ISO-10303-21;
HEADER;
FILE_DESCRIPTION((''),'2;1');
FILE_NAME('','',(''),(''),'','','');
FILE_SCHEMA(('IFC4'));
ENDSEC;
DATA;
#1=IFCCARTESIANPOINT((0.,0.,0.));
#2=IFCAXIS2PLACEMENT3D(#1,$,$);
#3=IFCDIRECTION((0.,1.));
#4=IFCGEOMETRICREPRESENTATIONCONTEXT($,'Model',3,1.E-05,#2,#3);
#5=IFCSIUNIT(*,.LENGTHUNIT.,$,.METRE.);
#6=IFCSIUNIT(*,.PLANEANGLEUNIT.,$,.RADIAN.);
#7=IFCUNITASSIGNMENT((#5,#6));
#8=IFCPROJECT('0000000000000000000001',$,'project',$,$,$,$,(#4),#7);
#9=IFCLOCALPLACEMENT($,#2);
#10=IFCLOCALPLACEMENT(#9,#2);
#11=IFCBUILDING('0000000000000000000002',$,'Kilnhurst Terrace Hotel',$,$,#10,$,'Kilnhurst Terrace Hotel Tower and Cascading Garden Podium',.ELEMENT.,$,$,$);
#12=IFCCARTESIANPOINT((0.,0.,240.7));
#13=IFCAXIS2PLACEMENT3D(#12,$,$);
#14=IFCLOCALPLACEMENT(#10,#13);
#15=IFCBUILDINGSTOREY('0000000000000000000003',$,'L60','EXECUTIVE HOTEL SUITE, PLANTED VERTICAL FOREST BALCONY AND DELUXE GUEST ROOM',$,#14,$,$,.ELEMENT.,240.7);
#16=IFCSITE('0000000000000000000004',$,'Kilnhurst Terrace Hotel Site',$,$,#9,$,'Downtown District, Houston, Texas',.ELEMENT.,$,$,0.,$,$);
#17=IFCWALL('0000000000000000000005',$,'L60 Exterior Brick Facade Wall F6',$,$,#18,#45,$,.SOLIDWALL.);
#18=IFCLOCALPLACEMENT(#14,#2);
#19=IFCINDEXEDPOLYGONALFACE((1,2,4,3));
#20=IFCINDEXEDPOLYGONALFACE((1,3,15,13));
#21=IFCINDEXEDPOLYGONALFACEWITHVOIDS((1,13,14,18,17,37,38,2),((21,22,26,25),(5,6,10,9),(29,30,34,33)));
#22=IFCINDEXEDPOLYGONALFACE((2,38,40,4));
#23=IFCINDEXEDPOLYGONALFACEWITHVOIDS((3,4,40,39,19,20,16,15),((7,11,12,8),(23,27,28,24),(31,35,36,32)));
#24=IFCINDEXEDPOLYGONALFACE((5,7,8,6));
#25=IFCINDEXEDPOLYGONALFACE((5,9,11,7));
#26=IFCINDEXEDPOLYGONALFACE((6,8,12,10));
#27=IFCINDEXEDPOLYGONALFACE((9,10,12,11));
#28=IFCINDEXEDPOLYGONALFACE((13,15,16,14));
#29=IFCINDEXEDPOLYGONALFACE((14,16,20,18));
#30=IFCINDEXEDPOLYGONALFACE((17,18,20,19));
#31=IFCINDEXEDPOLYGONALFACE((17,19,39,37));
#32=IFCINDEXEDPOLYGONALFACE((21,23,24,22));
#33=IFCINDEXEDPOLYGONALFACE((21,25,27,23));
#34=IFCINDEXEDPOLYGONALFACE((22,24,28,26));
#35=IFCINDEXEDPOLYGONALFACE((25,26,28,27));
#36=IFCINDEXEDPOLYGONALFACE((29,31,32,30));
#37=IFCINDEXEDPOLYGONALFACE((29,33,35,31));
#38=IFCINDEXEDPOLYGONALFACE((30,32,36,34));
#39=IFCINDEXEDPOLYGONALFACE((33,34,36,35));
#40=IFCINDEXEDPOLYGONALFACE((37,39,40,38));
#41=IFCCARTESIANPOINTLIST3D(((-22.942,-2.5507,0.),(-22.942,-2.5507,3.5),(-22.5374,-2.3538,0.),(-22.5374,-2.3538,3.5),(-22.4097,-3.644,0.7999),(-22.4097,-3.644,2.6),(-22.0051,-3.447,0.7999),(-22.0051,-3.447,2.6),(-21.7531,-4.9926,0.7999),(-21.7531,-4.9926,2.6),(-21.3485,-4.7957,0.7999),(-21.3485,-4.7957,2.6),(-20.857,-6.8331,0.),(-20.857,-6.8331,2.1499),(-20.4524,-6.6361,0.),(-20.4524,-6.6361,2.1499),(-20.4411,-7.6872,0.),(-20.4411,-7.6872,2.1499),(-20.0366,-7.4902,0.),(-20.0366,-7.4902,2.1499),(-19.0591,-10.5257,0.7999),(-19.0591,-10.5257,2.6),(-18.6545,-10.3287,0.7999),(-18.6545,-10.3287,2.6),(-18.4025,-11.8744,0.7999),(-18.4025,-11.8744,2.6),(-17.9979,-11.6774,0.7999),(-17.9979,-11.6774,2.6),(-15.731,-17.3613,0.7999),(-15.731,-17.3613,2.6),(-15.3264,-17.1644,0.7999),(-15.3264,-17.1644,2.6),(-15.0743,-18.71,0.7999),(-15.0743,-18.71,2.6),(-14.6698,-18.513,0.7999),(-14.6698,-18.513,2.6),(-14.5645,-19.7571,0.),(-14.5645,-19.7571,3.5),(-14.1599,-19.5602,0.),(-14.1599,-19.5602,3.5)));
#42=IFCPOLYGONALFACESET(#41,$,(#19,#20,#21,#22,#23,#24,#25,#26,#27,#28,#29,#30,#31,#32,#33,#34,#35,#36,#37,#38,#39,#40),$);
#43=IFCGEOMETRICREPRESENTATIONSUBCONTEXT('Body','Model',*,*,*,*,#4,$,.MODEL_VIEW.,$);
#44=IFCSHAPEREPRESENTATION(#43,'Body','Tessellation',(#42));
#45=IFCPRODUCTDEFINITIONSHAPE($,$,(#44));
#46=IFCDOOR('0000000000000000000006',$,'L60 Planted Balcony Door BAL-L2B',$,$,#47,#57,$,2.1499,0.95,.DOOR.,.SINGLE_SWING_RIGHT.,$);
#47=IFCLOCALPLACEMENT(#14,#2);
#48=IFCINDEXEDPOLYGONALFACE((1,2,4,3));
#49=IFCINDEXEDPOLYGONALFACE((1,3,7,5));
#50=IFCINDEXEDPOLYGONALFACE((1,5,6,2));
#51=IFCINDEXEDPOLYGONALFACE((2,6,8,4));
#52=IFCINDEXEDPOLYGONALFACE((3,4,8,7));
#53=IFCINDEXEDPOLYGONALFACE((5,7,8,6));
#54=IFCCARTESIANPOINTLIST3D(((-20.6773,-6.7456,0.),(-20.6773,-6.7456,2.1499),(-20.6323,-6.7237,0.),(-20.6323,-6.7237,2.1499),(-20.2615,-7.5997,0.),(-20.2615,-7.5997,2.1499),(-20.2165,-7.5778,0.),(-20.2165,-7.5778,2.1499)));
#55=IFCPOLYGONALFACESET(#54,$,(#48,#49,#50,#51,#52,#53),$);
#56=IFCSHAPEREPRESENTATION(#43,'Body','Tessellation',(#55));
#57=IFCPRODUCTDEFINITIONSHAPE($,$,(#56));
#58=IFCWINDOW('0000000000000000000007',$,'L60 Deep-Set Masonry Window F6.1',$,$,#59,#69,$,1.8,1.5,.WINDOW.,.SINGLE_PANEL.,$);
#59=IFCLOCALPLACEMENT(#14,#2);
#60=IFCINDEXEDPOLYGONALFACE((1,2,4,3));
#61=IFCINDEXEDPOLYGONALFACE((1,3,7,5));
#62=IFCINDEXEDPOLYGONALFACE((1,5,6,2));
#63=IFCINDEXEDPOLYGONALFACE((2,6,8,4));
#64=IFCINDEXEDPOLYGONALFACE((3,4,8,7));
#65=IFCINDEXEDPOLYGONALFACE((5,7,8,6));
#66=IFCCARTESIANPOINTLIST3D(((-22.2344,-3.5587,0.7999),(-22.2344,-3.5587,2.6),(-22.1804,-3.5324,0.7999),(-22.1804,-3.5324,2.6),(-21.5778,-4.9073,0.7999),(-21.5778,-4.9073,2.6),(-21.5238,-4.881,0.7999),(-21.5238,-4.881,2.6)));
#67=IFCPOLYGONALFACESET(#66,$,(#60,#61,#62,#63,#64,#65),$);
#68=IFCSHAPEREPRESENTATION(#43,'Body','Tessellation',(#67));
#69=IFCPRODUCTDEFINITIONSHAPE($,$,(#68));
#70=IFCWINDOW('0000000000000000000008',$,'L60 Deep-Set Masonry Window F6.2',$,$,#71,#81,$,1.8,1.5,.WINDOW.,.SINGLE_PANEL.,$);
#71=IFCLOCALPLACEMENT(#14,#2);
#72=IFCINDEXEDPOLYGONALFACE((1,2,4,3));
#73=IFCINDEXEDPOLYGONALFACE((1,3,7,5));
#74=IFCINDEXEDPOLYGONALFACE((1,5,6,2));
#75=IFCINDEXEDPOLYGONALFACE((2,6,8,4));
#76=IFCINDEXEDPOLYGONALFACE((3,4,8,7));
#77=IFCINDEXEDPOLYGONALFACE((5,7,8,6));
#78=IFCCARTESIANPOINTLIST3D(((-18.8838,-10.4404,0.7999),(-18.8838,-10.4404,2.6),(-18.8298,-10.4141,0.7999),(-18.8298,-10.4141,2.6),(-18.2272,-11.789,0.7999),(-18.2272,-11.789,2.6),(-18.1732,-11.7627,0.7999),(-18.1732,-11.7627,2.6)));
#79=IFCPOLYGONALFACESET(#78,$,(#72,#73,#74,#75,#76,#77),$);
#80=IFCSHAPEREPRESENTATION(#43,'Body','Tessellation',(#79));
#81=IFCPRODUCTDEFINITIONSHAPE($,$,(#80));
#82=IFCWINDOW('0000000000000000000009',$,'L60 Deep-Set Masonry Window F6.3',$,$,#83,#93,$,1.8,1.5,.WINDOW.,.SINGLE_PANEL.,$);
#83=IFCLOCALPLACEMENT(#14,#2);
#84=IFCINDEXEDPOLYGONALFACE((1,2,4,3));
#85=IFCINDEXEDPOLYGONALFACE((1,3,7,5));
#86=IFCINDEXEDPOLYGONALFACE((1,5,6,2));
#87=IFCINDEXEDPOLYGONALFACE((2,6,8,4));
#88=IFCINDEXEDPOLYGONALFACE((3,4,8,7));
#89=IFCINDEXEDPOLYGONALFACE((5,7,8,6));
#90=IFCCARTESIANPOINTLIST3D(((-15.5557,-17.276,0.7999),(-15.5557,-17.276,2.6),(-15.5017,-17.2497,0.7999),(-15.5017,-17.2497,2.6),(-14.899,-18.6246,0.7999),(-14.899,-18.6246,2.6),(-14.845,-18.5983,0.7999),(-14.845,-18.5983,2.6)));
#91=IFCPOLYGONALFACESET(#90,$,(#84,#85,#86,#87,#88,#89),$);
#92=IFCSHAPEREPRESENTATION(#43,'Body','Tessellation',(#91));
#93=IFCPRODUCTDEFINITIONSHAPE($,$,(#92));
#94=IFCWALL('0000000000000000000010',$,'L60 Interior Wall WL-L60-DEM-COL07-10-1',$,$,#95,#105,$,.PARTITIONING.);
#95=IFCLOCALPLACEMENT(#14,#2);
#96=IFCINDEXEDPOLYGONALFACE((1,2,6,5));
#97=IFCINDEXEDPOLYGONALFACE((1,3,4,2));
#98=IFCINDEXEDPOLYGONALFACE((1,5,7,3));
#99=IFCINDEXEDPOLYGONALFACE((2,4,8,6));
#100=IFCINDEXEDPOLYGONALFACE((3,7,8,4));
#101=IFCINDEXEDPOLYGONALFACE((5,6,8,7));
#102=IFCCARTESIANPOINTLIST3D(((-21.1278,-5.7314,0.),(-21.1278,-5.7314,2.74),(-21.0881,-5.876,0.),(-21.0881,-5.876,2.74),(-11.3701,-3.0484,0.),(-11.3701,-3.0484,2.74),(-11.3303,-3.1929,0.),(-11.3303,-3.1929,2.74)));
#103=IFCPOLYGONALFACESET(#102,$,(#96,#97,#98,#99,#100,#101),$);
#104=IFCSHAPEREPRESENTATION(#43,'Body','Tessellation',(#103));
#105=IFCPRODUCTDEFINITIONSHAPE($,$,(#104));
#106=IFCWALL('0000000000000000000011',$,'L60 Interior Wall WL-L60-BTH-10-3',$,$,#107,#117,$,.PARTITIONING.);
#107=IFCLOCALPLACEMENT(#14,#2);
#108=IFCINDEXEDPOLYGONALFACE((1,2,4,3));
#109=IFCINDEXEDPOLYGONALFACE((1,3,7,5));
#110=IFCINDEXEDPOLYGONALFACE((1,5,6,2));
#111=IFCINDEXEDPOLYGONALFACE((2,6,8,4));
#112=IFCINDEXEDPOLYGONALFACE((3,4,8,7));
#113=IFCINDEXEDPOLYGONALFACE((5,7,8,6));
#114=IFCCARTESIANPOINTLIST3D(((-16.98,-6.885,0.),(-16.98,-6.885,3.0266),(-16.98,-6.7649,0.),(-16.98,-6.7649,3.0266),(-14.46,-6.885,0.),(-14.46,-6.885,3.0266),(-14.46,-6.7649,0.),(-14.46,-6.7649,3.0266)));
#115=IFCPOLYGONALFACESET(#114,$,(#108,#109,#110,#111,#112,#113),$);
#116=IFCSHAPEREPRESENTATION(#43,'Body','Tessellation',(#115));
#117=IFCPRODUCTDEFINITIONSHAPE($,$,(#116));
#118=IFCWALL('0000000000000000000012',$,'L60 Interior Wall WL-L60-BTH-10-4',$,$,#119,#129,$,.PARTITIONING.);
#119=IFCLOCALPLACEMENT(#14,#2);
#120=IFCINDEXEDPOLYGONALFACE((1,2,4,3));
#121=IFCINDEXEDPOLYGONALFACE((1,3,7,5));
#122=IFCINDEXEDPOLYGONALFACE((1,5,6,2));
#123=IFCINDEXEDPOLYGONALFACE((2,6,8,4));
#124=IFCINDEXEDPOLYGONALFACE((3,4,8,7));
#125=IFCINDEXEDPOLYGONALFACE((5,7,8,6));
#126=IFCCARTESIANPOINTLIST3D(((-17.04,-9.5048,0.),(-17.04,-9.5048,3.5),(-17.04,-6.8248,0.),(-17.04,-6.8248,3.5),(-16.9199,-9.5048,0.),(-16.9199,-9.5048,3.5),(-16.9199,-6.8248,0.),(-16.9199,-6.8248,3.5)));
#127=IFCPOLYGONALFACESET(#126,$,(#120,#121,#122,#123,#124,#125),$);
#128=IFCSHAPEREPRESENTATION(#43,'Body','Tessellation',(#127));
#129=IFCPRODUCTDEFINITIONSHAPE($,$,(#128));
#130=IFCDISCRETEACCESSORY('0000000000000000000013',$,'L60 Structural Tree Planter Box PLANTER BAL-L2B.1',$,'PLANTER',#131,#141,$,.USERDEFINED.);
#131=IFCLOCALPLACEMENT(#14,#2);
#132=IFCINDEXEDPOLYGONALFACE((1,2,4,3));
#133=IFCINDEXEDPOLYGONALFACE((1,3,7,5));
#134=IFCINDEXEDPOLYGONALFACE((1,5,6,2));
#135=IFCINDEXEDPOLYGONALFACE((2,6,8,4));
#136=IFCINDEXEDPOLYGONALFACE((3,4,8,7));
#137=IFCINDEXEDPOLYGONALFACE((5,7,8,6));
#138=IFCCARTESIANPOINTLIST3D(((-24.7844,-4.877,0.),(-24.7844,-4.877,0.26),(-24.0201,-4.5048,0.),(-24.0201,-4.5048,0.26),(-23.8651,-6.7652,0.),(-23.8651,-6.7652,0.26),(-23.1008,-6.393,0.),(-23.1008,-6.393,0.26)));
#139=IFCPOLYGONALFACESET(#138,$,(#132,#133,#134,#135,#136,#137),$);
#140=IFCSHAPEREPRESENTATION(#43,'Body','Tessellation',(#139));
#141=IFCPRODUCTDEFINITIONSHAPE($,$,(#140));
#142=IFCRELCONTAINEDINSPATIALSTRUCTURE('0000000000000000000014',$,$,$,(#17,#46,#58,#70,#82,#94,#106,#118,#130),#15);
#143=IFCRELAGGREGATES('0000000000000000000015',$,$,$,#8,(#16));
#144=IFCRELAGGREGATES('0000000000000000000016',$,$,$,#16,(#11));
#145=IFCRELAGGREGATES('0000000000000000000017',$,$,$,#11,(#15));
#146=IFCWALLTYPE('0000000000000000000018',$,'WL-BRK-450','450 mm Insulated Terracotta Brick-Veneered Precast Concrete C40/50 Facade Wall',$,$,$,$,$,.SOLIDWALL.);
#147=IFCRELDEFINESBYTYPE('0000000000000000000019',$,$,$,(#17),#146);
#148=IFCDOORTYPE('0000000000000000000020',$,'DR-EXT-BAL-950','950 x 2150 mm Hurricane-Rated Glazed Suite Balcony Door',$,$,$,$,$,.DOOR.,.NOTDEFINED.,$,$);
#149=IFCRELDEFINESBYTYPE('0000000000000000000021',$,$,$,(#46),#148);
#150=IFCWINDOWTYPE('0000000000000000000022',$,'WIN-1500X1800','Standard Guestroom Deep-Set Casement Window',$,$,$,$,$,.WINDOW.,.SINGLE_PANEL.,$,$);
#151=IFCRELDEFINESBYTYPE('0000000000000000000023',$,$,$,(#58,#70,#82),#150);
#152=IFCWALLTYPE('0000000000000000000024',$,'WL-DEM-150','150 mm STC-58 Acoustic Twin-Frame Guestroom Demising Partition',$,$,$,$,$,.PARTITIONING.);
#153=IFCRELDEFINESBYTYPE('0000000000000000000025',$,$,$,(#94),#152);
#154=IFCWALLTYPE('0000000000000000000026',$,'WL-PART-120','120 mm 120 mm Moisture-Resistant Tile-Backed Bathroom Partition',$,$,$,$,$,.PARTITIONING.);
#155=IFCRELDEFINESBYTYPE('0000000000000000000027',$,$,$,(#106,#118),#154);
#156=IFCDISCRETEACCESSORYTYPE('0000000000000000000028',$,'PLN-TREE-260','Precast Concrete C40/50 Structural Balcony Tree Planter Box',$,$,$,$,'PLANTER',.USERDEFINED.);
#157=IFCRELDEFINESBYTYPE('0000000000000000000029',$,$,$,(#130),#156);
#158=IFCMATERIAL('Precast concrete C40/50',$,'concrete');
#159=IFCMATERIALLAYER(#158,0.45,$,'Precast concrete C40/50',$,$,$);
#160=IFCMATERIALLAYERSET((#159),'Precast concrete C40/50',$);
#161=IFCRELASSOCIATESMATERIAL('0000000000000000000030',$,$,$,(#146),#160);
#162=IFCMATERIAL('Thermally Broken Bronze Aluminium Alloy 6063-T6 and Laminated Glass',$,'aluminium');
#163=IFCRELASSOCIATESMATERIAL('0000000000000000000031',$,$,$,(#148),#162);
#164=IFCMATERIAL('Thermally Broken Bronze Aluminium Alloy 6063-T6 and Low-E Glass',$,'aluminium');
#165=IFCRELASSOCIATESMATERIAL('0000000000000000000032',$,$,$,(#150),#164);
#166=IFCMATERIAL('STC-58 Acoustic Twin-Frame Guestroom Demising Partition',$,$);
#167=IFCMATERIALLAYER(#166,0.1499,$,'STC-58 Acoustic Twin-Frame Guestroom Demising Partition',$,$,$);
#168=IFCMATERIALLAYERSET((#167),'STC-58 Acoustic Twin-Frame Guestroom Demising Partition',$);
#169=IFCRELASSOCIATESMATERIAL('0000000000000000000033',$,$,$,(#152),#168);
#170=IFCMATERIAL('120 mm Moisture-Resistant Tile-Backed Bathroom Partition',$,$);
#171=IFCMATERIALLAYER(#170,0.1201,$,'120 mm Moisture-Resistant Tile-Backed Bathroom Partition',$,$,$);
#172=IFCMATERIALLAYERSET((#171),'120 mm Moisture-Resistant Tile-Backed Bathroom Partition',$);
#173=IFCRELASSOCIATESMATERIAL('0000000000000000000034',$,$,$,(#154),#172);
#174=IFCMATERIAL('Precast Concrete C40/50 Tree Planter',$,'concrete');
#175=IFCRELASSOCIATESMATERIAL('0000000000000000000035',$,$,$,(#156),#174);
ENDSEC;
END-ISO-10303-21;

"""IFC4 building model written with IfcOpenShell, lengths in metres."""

from ifc_helpers import new_model, si_unit, direction, frame, frame_2d, origin, origin_2d, place, context, subcontext, project, spatial, rectangle, extrude, material, layer, layer_set, type_object, element, fill, save


model = new_model("IFC4")

# Units and contexts
model_context = context("Model", 3, precision=1e-05, world=origin(), true_north=direction((0.0, 1.0)))
body_context = subcontext(model_context, "Body", "Model", "MODEL_VIEW")
ifc_project = project(units=[si_unit("LENGTHUNIT", "METRE"), si_unit("PLANEANGLEUNIT", "RADIAN")], contexts=[model_context])

# Site, building, storey
site_placement = place(None, origin())
site = spatial("IfcSite", under=ifc_project, at=site_placement, Name="Kilnhurst Terrace Hotel Site", LongName="Downtown District, Houston, Texas", CompositionType="ELEMENT", RefElevation=0.0)
building_placement = place(site_placement, origin())
building = spatial("IfcBuilding", under=site, at=building_placement, Name="Kilnhurst Terrace Hotel", LongName="Kilnhurst Terrace Hotel Tower and Cascading Garden Podium", CompositionType="ELEMENT")
storey_placement = place(building_placement, frame((0.0, 0.0, 240.7)))
storey = spatial("IfcBuildingStorey", under=building, at=storey_placement, Name="L60", Description="EXECUTIVE HOTEL SUITE, PLANTED VERTICAL FOREST BALCONY AND DELUXE GUEST ROOM", CompositionType="ELEMENT", Elevation=240.7)

# Shared definitions
ifc_material_1 = material(Name="Precast concrete C40/50", Category="concrete")
ifc_layer_1 = layer(ifc_material_1, 0.45, Name="Precast concrete C40/50")
ifc_layer_set_1 = layer_set([ifc_layer_1], Name="Precast concrete C40/50")
wall_type_1 = type_object("IfcWallType", Name="WL-BRK-450", Description="450 mm Insulated Terracotta Brick-Veneered Precast Concrete C40/50 Facade Wall", PredefinedType="SOLIDWALL", material=ifc_layer_set_1)

# Wall, openings, door, windows
wall_1_placement = place(storey_placement, frame((-22.7397, -2.4521, 0.0), z_axis=(0.0, 0.0, 1.0), x_axis=(0.437753, -0.899095, 0.0)))
wall_1 = element("IfcWall", 1, at=wall_1_placement, inside=storey, type_object=wall_type_1, Name="L60 Exterior Brick Facade Wall F6", PredefinedType="SOLIDWALL", context=body_context, shape_type="SweptSolid", body=[
    extrude(rectangle(XDim=19.1375, YDim=0.45, at=frame_2d((9.5688, 0.0))), origin(), (0.0, 0.0, 1.0), 3.5),
])
opening_1_placement = place(wall_1_placement, frame((4.7629, 0.0, 0.0)))
opening_1 = element("IfcOpeningElement", 2, at=opening_1_placement, cuts=wall_1, PredefinedType="OPENING", context=body_context, shape_type="SweptSolid", body=[
    extrude(rectangle(XDim=0.95, YDim=2.1499, at=frame_2d((0.4751, 1.075))), frame((0.0, 0.2349, 0.0), z_axis=(0.0, -1.0, 0.0), x_axis=(1.0, 0.0, 0.0)), (0.0, 0.0, 1.0), 0.47),
])
opening_2_placement = place(wall_1_placement, frame((1.2161, 0.0, 0.8)))
opening_2 = element("IfcOpeningElement", 3, at=opening_2_placement, cuts=wall_1, PredefinedType="OPENING", context=body_context, shape_type="SweptSolid", body=[
    extrude(rectangle(XDim=1.5, YDim=1.8, at=frame_2d((0.75, 0.8999))), frame((0.0, 0.2349, 0.0), z_axis=(0.0, -1.0, 0.0), x_axis=(1.0, 0.0, 0.0)), (0.0, 0.0, 1.0), 0.47),
])
opening_3_placement = place(wall_1_placement, frame((8.8701, 0.0, 0.8)))
opening_3 = element("IfcOpeningElement", 4, at=opening_3_placement, cuts=wall_1, PredefinedType="OPENING", context=body_context, shape_type="SweptSolid", body=[
    extrude(rectangle(XDim=1.5, YDim=1.8, at=frame_2d((0.75, 0.8999))), frame((0.0, 0.2349, 0.0), z_axis=(0.0, -1.0, 0.0), x_axis=(1.0, 0.0, 0.0)), (0.0, 0.0, 1.0), 0.47),
])
opening_4_placement = place(wall_1_placement, frame((16.4729, 0.0, 0.8)))
opening_4 = element("IfcOpeningElement", 5, at=opening_4_placement, cuts=wall_1, PredefinedType="OPENING", context=body_context, shape_type="SweptSolid", body=[
    extrude(rectangle(XDim=1.5, YDim=1.8, at=frame_2d((0.75, 0.8999))), frame((0.0, 0.2349, 0.0), z_axis=(0.0, -1.0, 0.0), x_axis=(1.0, 0.0, 0.0)), (0.0, 0.0, 1.0), 0.47),
])
ifc_material_2 = material(Name="Thermally Broken Bronze Aluminium Alloy 6063-T6 and Laminated Glass", Category="aluminium")
door_type = type_object("IfcDoorType", Name="DR-EXT-BAL-950", Description="950 x 2150 mm Hurricane-Rated Glazed Suite Balcony Door", OperationType="NOTDEFINED", PredefinedType="DOOR", material=ifc_material_2)
door_placement = place(opening_1_placement, origin())
door = element("IfcDoor", 6, at=door_placement, inside=storey, type_object=door_type, Name="L60 Planted Balcony Door BAL-L2B", OperationType="SINGLE_SWING_RIGHT", OverallHeight=2.1499, OverallWidth=0.95, PredefinedType="DOOR", context=body_context, shape_type="SweptSolid", body=[
    extrude(rectangle(XDim=0.95, YDim=2.1499, at=frame_2d((0.4751, 1.075))), frame((0.0, 0.0249, 0.0), z_axis=(0.0, -1.0, 0.0), x_axis=(1.0, 0.0, 0.0)), (0.0, 0.0, 1.0), 0.05),
])
fill(opening_1, door)
ifc_material_3 = material(Name="Thermally Broken Bronze Aluminium Alloy 6063-T6 and Low-E Glass", Category="aluminium")
window_type = type_object("IfcWindowType", Name="WIN-1500X1800", Description="Standard Guestroom Deep-Set Casement Window", PartitioningType="SINGLE_PANEL", PredefinedType="WINDOW", material=ifc_material_3)
window_1_placement = place(opening_2_placement, origin())
window_1 = element("IfcWindow", 7, at=window_1_placement, inside=storey, type_object=window_type, Name="L60 Deep-Set Masonry Window F6.1", OverallHeight=1.8, OverallWidth=1.5, PartitioningType="SINGLE_PANEL", PredefinedType="WINDOW", context=body_context, shape_type="SweptSolid", body=[
    extrude(rectangle(XDim=1.5, YDim=1.8, at=frame_2d((0.75, 0.8999))), frame((0.0, 0.03, 0.0), z_axis=(0.0, -1.0, 0.0), x_axis=(1.0, 0.0, 0.0)), (0.0, 0.0, 1.0), 0.0601),
])
fill(opening_2, window_1)
window_2_placement = place(opening_3_placement, origin())
window_2 = element("IfcWindow", 8, at=window_2_placement, inside=storey, type_object=window_type, Name="L60 Deep-Set Masonry Window F6.2", OverallHeight=1.8, OverallWidth=1.5, PartitioningType="SINGLE_PANEL", PredefinedType="WINDOW", context=body_context, shape_type="SweptSolid", body=[
    extrude(rectangle(XDim=1.5, YDim=1.8, at=frame_2d((0.75, 0.8999))), frame((0.0, 0.03, 0.0), z_axis=(0.0, -1.0, 0.0), x_axis=(1.0, 0.0, 0.0)), (0.0, 0.0, 1.0), 0.0601),
])
fill(opening_3, window_2)
window_3_placement = place(opening_4_placement, origin())
window_3 = element("IfcWindow", 9, at=window_3_placement, inside=storey, type_object=window_type, Name="L60 Deep-Set Masonry Window F6.3", OverallHeight=1.8, OverallWidth=1.5, PartitioningType="SINGLE_PANEL", PredefinedType="WINDOW", context=body_context, shape_type="SweptSolid", body=[
    extrude(rectangle(XDim=1.5, YDim=1.8, at=frame_2d((0.75, 0.8999))), frame((0.0, 0.03, 0.0), z_axis=(0.0, -1.0, 0.0), x_axis=(1.0, 0.0, 0.0)), (0.0, 0.0, 1.0), 0.0601),
])
fill(opening_4, window_3)

# Walls
ifc_material_4 = material(Name="STC-58 Acoustic Twin-Frame Guestroom Demising Partition")
ifc_layer_2 = layer(ifc_material_4, 0.1499, Name="STC-58 Acoustic Twin-Frame Guestroom Demising Partition")
ifc_layer_set_2 = layer_set([ifc_layer_2], Name="STC-58 Acoustic Twin-Frame Guestroom Demising Partition")
wall_type_2 = type_object("IfcWallType", Name="WL-DEM-150", Description="150 mm STC-58 Acoustic Twin-Frame Guestroom Demising Partition", PredefinedType="PARTITIONING", material=ifc_layer_set_2)
wall_2_placement = place(storey_placement, frame((-11.3501, -3.1206, 0.0), z_axis=(0.0, 0.0, 1.0), x_axis=(-0.964213, -0.26513, 0.0)))
element("IfcWall", 10, at=wall_2_placement, inside=storey, type_object=wall_type_2, Name="L60 Interior Wall WL-L60-DEM-COL07-10-1", PredefinedType="PARTITIONING", context=body_context, shape_type="SweptSolid", body=[
    extrude(rectangle(XDim=10.1199, YDim=0.1499, at=frame_2d((5.0601, 0.0))), origin(), (0.0, 0.0, 1.0), 2.74),
])
ifc_material_5 = material(Name="120 mm Moisture-Resistant Tile-Backed Bathroom Partition")
ifc_layer_3 = layer(ifc_material_5, 0.1201, Name="120 mm Moisture-Resistant Tile-Backed Bathroom Partition")
ifc_layer_set_3 = layer_set([ifc_layer_3], Name="120 mm Moisture-Resistant Tile-Backed Bathroom Partition")
wall_type_3 = type_object("IfcWallType", Name="WL-PART-120", Description="120 mm 120 mm Moisture-Resistant Tile-Backed Bathroom Partition", PredefinedType="PARTITIONING", material=ifc_layer_set_3)
wall_3_placement = place(storey_placement, frame((-14.46, -6.825, 0.0), z_axis=(0.0, 0.0, 1.0), x_axis=(-1.0, 0.0, 0.0)))
element("IfcWall", 11, at=wall_3_placement, inside=storey, type_object=wall_type_3, Name="L60 Interior Wall WL-L60-BTH-10-3", PredefinedType="PARTITIONING", context=body_context, shape_type="SweptSolid", body=[
    extrude(rectangle(XDim=2.52, YDim=0.1201, at=frame_2d((1.26, 0.0))), origin(), (0.0, 0.0, 1.0), 3.0266),
])
wall_4_placement = place(storey_placement, frame((-16.98, -6.825, 0.0), z_axis=(0.0, 0.0, 1.0), x_axis=(0.0, -1.0, 0.0)))
element("IfcWall", 12, at=wall_4_placement, inside=storey, type_object=wall_type_3, Name="L60 Interior Wall WL-L60-BTH-10-4", PredefinedType="PARTITIONING", context=body_context, shape_type="SweptSolid", body=[
    extrude(rectangle(XDim=2.6799, YDim=0.1201, at=frame_2d((1.3398, 0.0))), origin(), (0.0, 0.0, 1.0), 3.5),
])

# Discrete accessory
ifc_material_6 = material(Name="Precast Concrete C40/50 Tree Planter", Category="concrete")
discrete_accessory_type = type_object("IfcDiscreteAccessoryType", Name="PLN-TREE-260", Description="Precast Concrete C40/50 Structural Balcony Tree Planter Box", ElementType="PLANTER", PredefinedType="USERDEFINED", material=ifc_material_6)
discrete_accessory_placement = place(storey_placement, frame((-23.9426, -5.635, 0.0), z_axis=(0.0, 0.0, 1.0), x_axis=(0.437744, -0.8991, 0.0)))
element("IfcDiscreteAccessory", 13, at=discrete_accessory_placement, inside=storey, type_object=discrete_accessory_type, Name="L60 Structural Tree Planter Box PLANTER BAL-L2B.1", ObjectType="PLANTER", PredefinedType="USERDEFINED", context=body_context, shape_type="SweptSolid", body=[
    extrude(rectangle(XDim=2.1001, YDim=0.8501, at=origin_2d()), origin(), (0.0, 0.0, 1.0), 0.26),
])

save(model, "model.ifc")
